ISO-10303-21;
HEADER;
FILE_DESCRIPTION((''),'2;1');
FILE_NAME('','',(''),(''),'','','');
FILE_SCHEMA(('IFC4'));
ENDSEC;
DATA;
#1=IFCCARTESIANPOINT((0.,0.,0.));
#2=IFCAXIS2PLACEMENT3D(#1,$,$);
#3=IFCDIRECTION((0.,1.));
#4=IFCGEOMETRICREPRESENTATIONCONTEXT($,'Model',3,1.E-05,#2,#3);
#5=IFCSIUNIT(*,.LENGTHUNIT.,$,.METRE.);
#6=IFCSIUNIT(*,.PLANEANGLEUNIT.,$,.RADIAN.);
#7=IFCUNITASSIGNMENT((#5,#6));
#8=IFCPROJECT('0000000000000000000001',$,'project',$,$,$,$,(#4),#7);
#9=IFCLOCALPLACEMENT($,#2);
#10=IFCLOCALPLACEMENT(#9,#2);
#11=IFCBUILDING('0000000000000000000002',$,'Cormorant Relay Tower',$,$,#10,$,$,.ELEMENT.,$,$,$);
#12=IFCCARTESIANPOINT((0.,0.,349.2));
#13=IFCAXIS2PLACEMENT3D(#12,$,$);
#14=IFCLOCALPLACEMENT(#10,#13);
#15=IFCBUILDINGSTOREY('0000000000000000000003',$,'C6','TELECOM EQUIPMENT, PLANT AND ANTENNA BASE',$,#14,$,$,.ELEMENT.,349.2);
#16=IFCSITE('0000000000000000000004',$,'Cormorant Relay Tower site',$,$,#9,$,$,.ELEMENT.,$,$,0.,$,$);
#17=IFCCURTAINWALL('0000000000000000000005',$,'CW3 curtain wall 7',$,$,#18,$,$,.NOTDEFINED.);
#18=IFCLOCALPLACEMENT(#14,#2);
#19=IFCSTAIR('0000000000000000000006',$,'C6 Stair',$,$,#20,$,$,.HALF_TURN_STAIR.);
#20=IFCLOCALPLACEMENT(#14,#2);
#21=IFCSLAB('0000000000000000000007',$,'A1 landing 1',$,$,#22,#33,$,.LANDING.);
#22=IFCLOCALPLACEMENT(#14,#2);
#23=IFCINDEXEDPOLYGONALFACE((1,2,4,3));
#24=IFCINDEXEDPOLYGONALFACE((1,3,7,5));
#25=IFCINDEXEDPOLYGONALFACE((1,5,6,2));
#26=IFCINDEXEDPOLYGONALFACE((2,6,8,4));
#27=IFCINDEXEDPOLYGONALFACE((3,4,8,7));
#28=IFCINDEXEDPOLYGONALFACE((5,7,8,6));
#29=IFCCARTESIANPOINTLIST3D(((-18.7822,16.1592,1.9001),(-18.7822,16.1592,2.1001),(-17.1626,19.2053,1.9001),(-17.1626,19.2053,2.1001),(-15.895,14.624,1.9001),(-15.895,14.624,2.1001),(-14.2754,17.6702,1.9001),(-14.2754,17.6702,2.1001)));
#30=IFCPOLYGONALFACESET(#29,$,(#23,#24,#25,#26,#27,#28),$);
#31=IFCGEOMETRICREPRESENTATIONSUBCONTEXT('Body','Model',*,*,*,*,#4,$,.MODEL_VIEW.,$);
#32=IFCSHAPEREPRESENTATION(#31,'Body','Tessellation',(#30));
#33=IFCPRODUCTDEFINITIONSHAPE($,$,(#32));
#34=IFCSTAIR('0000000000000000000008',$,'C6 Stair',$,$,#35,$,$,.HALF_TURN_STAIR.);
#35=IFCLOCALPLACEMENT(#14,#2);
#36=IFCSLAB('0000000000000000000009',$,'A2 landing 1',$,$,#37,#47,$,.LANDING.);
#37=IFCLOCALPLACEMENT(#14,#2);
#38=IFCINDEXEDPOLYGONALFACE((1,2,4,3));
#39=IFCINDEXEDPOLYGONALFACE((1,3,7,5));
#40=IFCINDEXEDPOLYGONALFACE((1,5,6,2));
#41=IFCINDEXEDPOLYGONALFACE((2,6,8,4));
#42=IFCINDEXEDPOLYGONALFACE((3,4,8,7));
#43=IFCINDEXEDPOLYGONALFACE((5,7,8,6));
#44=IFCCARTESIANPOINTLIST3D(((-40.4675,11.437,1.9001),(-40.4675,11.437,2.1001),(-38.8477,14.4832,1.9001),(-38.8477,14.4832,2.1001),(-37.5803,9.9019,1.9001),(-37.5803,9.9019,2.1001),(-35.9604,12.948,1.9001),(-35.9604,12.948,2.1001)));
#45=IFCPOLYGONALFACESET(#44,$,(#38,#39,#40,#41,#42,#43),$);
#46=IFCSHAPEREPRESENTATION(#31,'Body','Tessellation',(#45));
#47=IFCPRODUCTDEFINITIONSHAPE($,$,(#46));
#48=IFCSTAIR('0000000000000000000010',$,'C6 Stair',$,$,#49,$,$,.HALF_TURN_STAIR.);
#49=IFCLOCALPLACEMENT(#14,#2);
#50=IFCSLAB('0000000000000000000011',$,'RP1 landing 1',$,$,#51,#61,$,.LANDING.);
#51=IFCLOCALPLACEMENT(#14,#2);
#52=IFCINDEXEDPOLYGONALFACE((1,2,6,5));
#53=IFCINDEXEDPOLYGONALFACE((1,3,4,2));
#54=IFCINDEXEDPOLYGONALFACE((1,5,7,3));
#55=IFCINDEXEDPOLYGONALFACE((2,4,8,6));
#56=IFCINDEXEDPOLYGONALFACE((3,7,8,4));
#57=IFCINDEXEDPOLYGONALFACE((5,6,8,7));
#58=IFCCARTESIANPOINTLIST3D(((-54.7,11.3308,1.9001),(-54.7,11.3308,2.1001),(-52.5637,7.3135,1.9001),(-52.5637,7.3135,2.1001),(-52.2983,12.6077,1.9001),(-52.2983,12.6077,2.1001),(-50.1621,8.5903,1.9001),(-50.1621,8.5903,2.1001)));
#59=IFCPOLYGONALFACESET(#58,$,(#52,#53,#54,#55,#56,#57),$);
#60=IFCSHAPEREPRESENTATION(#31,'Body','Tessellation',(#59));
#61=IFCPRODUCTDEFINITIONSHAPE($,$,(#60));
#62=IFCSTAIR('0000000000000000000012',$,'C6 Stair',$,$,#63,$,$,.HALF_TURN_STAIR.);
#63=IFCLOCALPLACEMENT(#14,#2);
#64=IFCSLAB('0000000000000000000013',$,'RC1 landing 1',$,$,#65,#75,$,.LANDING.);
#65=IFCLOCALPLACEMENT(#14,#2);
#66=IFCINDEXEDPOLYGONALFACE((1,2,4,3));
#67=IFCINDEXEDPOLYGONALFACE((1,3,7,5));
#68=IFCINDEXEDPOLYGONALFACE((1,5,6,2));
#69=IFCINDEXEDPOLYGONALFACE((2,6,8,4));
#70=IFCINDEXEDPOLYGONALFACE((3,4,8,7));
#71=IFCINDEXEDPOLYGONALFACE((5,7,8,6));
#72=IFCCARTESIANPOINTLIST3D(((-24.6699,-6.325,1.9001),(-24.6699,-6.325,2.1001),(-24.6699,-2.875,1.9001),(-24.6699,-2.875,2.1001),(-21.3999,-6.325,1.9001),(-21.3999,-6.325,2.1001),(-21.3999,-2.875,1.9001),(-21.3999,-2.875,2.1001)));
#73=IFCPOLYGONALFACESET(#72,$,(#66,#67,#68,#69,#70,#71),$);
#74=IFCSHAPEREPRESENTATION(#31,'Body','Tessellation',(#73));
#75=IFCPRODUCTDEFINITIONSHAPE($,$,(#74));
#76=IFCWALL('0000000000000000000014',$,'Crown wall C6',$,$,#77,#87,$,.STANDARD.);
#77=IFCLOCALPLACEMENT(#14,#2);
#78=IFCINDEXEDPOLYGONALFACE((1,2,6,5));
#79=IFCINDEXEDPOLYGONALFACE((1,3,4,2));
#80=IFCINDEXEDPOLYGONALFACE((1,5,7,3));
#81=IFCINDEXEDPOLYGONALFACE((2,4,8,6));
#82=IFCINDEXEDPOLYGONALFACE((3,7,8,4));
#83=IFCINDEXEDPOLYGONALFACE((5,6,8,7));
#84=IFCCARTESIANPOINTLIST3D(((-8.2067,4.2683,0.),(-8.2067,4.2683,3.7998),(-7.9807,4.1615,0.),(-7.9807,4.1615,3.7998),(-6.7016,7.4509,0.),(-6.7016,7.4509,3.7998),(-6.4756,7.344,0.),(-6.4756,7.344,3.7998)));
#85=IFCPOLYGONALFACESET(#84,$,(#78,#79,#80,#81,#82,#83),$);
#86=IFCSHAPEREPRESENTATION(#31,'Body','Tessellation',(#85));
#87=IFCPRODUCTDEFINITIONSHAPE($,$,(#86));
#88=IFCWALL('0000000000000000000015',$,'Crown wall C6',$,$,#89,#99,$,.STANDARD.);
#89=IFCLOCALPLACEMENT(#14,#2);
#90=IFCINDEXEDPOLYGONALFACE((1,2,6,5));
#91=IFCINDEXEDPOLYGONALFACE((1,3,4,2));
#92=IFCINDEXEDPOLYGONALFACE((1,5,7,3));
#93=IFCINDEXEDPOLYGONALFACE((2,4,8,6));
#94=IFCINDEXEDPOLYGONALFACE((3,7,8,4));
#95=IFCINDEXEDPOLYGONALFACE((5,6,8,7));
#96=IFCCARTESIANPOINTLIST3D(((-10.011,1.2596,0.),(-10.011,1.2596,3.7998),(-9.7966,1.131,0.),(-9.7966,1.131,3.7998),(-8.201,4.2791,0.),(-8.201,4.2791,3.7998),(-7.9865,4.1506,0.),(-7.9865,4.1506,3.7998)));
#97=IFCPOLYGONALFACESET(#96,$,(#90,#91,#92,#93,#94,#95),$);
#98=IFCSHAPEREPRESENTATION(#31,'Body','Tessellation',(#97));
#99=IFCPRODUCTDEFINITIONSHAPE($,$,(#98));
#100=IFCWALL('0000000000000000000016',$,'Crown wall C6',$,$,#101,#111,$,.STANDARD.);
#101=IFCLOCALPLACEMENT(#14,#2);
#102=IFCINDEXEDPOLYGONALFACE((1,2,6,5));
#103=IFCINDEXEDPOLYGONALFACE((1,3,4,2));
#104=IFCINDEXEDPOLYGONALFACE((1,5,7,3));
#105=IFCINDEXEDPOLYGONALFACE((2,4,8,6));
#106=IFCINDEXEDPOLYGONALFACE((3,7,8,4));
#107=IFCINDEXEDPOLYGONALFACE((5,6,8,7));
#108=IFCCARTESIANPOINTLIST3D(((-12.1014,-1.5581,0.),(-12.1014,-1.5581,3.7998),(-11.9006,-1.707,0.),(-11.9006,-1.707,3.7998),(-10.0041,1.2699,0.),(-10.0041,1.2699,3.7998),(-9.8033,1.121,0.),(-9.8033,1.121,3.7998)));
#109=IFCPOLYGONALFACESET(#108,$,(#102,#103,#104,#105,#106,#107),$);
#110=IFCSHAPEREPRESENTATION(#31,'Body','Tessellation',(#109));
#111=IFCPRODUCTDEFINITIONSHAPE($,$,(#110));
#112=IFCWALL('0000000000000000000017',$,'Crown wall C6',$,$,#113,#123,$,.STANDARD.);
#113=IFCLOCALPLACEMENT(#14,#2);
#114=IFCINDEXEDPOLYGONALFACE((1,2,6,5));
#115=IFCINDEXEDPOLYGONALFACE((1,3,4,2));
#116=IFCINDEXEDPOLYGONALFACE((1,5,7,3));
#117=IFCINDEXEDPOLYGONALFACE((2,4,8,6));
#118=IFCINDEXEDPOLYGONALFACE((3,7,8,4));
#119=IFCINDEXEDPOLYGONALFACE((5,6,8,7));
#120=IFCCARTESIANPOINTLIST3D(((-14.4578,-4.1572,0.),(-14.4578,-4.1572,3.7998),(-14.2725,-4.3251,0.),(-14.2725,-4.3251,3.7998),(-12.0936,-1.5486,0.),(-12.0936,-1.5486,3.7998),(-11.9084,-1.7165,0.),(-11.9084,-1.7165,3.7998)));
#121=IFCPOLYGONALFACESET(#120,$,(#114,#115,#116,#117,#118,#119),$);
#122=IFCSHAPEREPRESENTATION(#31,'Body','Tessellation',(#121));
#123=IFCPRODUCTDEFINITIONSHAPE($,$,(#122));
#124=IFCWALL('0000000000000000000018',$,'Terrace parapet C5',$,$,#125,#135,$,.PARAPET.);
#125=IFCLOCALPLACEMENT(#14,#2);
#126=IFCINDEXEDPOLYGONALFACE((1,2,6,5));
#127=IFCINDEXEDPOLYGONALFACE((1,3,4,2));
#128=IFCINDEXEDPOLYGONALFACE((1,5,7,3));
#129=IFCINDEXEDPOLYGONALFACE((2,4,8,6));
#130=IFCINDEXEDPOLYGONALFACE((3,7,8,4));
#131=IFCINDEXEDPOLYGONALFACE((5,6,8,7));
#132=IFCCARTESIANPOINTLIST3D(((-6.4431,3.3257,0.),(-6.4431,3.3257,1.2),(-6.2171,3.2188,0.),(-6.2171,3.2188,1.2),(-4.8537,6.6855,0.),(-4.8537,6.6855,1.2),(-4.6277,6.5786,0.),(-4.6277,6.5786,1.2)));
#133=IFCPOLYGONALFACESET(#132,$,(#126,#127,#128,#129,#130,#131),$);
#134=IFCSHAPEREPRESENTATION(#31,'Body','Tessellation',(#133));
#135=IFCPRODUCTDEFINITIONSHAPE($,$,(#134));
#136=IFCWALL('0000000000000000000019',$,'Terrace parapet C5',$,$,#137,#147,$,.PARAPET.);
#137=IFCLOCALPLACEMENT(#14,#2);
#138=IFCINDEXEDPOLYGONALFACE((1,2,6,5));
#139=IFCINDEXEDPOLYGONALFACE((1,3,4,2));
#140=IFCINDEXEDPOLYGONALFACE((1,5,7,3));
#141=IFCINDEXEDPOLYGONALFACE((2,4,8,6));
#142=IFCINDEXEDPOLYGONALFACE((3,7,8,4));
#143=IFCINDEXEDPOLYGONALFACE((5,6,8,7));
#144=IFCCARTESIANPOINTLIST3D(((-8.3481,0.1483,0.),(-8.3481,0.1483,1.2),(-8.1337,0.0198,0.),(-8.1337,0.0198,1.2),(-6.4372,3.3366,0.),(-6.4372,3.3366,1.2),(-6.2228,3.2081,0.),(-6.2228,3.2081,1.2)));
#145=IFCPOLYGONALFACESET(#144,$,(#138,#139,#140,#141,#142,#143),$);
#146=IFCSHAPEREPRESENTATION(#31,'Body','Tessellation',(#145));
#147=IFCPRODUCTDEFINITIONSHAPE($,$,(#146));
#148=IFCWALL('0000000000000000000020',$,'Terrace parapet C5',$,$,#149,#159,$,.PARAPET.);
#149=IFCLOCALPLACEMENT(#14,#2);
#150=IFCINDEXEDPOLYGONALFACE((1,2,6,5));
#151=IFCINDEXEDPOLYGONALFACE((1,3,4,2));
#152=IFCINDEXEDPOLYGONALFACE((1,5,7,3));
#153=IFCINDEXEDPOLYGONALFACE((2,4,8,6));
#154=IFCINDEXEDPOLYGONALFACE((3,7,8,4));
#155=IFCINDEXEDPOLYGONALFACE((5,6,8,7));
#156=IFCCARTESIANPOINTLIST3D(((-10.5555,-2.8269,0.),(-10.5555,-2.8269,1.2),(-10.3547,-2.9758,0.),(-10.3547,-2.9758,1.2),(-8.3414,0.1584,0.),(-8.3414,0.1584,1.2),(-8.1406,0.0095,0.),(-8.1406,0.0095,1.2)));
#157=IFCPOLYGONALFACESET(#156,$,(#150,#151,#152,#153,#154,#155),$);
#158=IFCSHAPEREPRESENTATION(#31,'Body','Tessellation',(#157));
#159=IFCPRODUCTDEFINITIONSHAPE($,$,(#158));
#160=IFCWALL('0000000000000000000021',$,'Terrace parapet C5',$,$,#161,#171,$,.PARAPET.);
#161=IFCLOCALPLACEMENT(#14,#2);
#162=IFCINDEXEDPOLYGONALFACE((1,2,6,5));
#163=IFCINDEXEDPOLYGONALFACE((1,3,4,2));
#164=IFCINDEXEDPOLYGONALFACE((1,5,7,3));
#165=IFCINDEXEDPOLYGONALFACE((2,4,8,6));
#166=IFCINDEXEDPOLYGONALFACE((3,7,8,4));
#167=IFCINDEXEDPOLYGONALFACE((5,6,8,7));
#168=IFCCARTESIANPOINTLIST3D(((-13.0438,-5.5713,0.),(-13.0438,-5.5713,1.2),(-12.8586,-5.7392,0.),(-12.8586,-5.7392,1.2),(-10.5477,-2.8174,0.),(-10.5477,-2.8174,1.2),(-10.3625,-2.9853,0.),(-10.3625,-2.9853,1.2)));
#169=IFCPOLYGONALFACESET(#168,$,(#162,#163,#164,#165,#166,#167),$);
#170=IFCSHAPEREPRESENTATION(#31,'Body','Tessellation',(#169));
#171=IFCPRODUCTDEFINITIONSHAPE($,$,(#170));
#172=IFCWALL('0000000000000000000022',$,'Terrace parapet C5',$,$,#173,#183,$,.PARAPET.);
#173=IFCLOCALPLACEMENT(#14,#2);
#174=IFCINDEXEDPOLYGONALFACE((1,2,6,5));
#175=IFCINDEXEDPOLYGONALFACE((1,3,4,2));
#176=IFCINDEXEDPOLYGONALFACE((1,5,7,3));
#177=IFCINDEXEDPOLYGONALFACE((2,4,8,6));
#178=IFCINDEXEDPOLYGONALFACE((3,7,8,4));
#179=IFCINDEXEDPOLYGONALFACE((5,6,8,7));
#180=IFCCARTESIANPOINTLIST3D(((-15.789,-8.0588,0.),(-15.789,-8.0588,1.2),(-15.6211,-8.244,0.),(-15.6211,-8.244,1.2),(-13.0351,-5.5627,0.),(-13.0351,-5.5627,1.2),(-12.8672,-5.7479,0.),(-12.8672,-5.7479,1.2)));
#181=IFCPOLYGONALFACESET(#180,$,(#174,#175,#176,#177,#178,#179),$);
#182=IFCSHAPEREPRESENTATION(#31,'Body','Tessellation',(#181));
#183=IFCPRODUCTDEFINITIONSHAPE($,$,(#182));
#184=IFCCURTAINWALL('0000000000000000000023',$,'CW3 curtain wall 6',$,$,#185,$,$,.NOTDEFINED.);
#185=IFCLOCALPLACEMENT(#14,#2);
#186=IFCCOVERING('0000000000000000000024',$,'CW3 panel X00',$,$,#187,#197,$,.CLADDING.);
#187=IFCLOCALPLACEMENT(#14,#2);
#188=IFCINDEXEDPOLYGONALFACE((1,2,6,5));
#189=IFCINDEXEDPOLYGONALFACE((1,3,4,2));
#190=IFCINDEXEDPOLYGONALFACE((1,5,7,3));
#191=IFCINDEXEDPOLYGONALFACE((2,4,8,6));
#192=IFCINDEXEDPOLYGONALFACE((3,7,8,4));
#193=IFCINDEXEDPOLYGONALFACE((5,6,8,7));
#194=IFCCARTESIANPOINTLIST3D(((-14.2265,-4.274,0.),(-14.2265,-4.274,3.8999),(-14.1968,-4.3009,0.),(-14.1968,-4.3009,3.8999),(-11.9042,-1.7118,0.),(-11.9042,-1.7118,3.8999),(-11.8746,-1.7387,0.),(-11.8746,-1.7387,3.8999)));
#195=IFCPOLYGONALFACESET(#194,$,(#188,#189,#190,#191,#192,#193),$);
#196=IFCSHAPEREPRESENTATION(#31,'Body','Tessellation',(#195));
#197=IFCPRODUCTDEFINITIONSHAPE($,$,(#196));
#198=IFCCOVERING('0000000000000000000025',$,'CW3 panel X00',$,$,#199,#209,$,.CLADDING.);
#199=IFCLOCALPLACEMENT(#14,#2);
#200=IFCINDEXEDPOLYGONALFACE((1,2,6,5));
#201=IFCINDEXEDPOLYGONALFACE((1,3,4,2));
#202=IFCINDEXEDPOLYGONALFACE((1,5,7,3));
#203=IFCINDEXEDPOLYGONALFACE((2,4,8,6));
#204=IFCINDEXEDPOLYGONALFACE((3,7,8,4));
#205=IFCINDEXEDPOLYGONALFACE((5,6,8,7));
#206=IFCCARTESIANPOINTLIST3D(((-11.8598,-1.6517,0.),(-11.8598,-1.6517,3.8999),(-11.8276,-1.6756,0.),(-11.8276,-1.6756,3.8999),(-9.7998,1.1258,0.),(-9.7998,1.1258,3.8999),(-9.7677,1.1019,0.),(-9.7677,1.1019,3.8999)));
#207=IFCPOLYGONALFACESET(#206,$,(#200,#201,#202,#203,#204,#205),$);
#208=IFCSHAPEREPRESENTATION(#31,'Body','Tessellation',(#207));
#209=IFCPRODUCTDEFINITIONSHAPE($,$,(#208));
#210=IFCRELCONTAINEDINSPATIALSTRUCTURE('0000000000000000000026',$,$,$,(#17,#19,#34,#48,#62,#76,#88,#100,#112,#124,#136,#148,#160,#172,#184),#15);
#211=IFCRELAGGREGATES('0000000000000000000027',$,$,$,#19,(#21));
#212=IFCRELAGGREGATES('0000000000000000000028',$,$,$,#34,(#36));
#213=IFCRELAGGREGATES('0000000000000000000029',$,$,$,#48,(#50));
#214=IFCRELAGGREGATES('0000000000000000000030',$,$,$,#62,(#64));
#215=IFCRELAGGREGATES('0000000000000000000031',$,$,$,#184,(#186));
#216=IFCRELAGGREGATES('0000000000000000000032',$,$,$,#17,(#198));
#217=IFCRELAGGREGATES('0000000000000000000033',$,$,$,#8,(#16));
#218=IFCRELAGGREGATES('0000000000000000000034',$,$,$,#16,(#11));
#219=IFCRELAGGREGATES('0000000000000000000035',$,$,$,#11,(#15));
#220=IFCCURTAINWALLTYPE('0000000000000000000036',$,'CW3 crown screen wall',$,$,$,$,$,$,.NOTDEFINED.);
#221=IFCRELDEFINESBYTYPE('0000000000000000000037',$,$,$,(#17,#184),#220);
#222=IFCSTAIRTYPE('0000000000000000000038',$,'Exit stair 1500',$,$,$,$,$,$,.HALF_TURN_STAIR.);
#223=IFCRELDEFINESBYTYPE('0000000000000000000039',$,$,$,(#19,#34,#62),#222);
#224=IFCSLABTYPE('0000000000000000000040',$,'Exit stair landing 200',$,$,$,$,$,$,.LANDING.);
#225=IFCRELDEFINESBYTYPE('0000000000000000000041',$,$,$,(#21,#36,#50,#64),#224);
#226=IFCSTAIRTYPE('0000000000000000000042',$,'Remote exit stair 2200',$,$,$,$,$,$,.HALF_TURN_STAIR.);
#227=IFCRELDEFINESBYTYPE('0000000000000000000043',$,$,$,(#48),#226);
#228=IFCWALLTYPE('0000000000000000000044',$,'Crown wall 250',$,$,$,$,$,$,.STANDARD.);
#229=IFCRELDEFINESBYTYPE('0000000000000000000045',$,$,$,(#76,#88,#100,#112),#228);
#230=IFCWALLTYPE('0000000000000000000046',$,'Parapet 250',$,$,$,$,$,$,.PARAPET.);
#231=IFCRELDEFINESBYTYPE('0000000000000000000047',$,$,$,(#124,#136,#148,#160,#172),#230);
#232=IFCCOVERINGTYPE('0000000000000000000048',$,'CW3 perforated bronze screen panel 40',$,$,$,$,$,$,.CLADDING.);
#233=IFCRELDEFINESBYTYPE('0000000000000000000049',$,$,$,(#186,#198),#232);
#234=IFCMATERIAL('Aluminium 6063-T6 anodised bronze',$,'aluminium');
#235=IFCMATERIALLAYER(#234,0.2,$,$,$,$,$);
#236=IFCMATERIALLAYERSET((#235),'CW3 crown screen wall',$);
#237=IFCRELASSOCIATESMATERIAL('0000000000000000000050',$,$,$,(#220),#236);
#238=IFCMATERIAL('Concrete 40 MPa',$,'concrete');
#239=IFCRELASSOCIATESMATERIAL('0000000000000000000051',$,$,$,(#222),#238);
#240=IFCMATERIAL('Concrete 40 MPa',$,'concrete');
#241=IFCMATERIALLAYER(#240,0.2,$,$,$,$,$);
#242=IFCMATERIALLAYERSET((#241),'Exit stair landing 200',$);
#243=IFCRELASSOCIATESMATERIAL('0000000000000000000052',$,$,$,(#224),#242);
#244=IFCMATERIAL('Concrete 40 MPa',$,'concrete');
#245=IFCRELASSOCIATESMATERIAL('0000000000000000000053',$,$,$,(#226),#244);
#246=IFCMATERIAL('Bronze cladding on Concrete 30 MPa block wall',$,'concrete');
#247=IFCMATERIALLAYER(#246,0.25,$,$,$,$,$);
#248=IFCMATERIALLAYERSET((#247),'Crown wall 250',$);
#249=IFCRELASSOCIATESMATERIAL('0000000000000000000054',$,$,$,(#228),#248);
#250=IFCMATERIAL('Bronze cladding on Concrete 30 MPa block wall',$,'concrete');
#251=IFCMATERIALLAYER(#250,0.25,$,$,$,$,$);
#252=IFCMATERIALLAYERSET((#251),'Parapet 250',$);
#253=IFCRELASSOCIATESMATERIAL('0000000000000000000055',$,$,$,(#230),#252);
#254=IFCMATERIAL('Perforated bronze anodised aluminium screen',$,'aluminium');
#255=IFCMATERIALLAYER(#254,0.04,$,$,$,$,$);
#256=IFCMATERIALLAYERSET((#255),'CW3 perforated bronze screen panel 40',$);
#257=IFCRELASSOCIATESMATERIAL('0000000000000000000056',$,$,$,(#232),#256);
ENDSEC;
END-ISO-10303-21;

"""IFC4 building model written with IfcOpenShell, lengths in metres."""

from ifc_helpers import new_model, si_unit, direction, frame, frame_2d, origin, origin_2d, place, context, subcontext, project, spatial, polyline, rectangle, outline, extrude, material, layer, layer_set, type_object, element, aggregate, save


model = new_model("IFC4")

# Units and contexts
model_context = context("Model", 3, precision=1e-05, world=origin(), true_north=direction((0.0, 1.0)))
body_context = subcontext(model_context, "Body", "Model", "MODEL_VIEW")
ifc_project = project(units=[si_unit("LENGTHUNIT", "METRE"), si_unit("PLANEANGLEUNIT", "RADIAN")], contexts=[model_context])

# Site, building, storey
site_placement = place(None, origin())
site = spatial("IfcSite", under=ifc_project, at=site_placement, Name="Cormorant Relay Tower site", CompositionType="ELEMENT", RefElevation=0.0)
building_placement = place(site_placement, origin())
building = spatial("IfcBuilding", under=site, at=building_placement, Name="Cormorant Relay Tower", CompositionType="ELEMENT")
storey_placement = place(building_placement, frame((0.0, 0.0, 349.2)))
storey = spatial("IfcBuildingStorey", under=building, at=storey_placement, Name="C6", Description="TELECOM EQUIPMENT, PLANT AND ANTENNA BASE", CompositionType="ELEMENT", Elevation=349.2)

# Curtain wall
ifc_material_1 = material(Name="Aluminium 6063-T6 anodised bronze", Category="aluminium")
ifc_layer_1 = layer(ifc_material_1, 0.2)
ifc_layer_set_1 = layer_set([ifc_layer_1], Name="CW3 crown screen wall")
curtain_wall_type = type_object("IfcCurtainWallType", Name="CW3 crown screen wall", PredefinedType="NOTDEFINED", material=ifc_layer_set_1)
curtain_wall_1_placement = place(storey_placement, origin())
curtain_wall_1 = element("IfcCurtainWall", 1, at=curtain_wall_1_placement, inside=storey, type_object=curtain_wall_type, Name="CW3 curtain wall 7", PredefinedType="NOTDEFINED")

# Stairs, slabs
ifc_material_2 = material(Name="Concrete 40 MPa", Category="concrete")
stair_type_1 = type_object("IfcStairType", Name="Exit stair 1500", PredefinedType="HALF_TURN_STAIR", material=ifc_material_2)
stair_1_placement = place(storey_placement, origin())
stair_1 = element("IfcStair", 2, at=stair_1_placement, inside=storey, type_object=stair_type_1, Name="C6 Stair", PredefinedType="HALF_TURN_STAIR")
ifc_material_3 = material(Name="Concrete 40 MPa", Category="concrete")
ifc_layer_2 = layer(ifc_material_3, 0.2)
ifc_layer_set_2 = layer_set([ifc_layer_2], Name="Exit stair landing 200")
slab_type_1 = type_object("IfcSlabType", Name="Exit stair landing 200", PredefinedType="LANDING", material=ifc_layer_set_2)
slab_1_placement = place(storey_placement, frame((0.0, 0.0, 1.9001)))
slab_1 = element("IfcSlab", 3, at=slab_1_placement, type_object=slab_type_1, Name="A1 landing 1", PredefinedType="LANDING", context=body_context, shape_type="SweptSolid", body=[
    extrude(outline(polyline([(-18.7822, 16.1592), (-15.895, 14.624), (-14.2754, 17.6702), (-17.1626, 19.2053), (-18.7822, 16.1592)])), origin(), (0.0, 0.0, 1.0), 0.2),
])
aggregate(stair_1, [slab_1])
stair_2_placement = place(storey_placement, origin())
stair_2 = element("IfcStair", 4, at=stair_2_placement, inside=storey, type_object=stair_type_1, Name="C6 Stair", PredefinedType="HALF_TURN_STAIR")
slab_2_placement = place(storey_placement, frame((0.0, 0.0, 1.9001)))
slab_2 = element("IfcSlab", 5, at=slab_2_placement, type_object=slab_type_1, Name="A2 landing 1", PredefinedType="LANDING", context=body_context, shape_type="SweptSolid", body=[
    extrude(outline(polyline([(-35.9604, 12.948), (-38.8477, 14.4832), (-40.4675, 11.437), (-37.5803, 9.9019), (-35.9604, 12.948)])), origin(), (0.0, 0.0, 1.0), 0.2),
])
aggregate(stair_2, [slab_2])
ifc_material_4 = material(Name="Concrete 40 MPa", Category="concrete")
stair_type_2 = type_object("IfcStairType", Name="Remote exit stair 2200", PredefinedType="HALF_TURN_STAIR", material=ifc_material_4)
stair_3_placement = place(storey_placement, origin())
stair_3 = element("IfcStair", 6, at=stair_3_placement, inside=storey, type_object=stair_type_2, Name="C6 Stair", PredefinedType="HALF_TURN_STAIR")
slab_3_placement = place(storey_placement, frame((0.0, 0.0, 1.9001)))
slab_3 = element("IfcSlab", 7, at=slab_3_placement, type_object=slab_type_1, Name="RP1 landing 1", PredefinedType="LANDING", context=body_context, shape_type="SweptSolid", body=[
    extrude(outline(polyline([(-52.2983, 12.6077), (-54.7, 11.3308), (-52.5637, 7.3135), (-50.1621, 8.5903), (-52.2983, 12.6077)])), origin(), (0.0, 0.0, 1.0), 0.2),
])
aggregate(stair_3, [slab_3])
stair_4_placement = place(storey_placement, origin())
stair_4 = element("IfcStair", 8, at=stair_4_placement, inside=storey, type_object=stair_type_1, Name="C6 Stair", PredefinedType="HALF_TURN_STAIR")
slab_4_placement = place(storey_placement, frame((0.0, 0.0, 1.9001)))
slab_4 = element("IfcSlab", 9, at=slab_4_placement, type_object=slab_type_1, Name="RC1 landing 1", PredefinedType="LANDING", context=body_context, shape_type="SweptSolid", body=[
    extrude(outline(polyline([(-24.6699, -6.325), (-21.3999, -6.325), (-21.3999, -2.875), (-24.6699, -2.875), (-24.6699, -6.325)])), origin(), (0.0, 0.0, 1.0), 0.2),
])
aggregate(stair_4, [slab_4])

# Walls
ifc_material_5 = material(Name="Bronze cladding on Concrete 30 MPa block wall", Category="concrete")
ifc_layer_3 = layer(ifc_material_5, 0.25)
ifc_layer_set_3 = layer_set([ifc_layer_3], Name="Crown wall 250")
wall_type_1 = type_object("IfcWallType", Name="Crown wall 250", PredefinedType="STANDARD", material=ifc_layer_set_3)
for number, where, z_axis, x_axis, name in (
    (10, (-6.5886, 7.3975, 0.0), (0.0, 0.0, 1.0), (-0.427523, -0.904005, 0.0), "Crown wall C6"),
    (11, (-8.0938, 4.2148, 0.0), (0.0, 0.0, 1.0), (-0.514149, -0.857701, 0.0), "Crown wall C6"),
):
    element("IfcWall", number, at=place(storey_placement, frame(where, z_axis=z_axis, x_axis=x_axis)), inside=storey, type_object=wall_type_1, Name=name, PredefinedType="STANDARD", context=body_context, shape_type="SweptSolid", body=[
        extrude(rectangle(XDim=3.5205, YDim=0.25, at=frame_2d((1.7603, 0.0))), origin(), (0.0, 0.0, 1.0), 3.7998),
    ])
wall_1_placement = place(storey_placement, frame((-9.9038, 1.1953, 0.0), z_axis=(0.0, 0.0, 1.0), x_axis=(-0.595675, -0.803225, 0.0)))
element("IfcWall", 12, at=wall_1_placement, inside=storey, type_object=wall_type_1, Name="Crown wall C6", PredefinedType="STANDARD", context=body_context, shape_type="SweptSolid", body=[
    extrude(rectangle(XDim=3.5208, YDim=0.25, at=frame_2d((1.7603, 0.0))), origin(), (0.0, 0.0, 1.0), 3.7998),
])
wall_2_placement = place(storey_placement, frame((-12.001, -1.6326, 0.0), z_axis=(0.0, 0.0, 1.0), x_axis=(-0.671547, -0.740962, 0.0)))
element("IfcWall", 13, at=wall_2_placement, inside=storey, type_object=wall_type_1, Name="Crown wall C6", PredefinedType="STANDARD", context=body_context, shape_type="SweptSolid", body=[
    extrude(rectangle(XDim=3.5205, YDim=0.25, at=frame_2d((1.7603, 0.0))), origin(), (0.0, 0.0, 1.0), 3.7998),
])
ifc_material_6 = material(Name="Bronze cladding on Concrete 30 MPa block wall", Category="concrete")
ifc_layer_4 = layer(ifc_material_6, 0.25)
ifc_layer_set_4 = layer_set([ifc_layer_4], Name="Parapet 250")
wall_type_2 = type_object("IfcWallType", Name="Parapet 250", PredefinedType="PARAPET", material=ifc_layer_set_4)
wall_3_placement = place(storey_placement, frame((-4.7407, 6.6321, 0.0), z_axis=(0.0, 0.0, 1.0), x_axis=(-0.427612, -0.903962, 0.0)))
element("IfcWall", 14, at=wall_3_placement, inside=storey, type_object=wall_type_2, Name="Terrace parapet C5", PredefinedType="PARAPET", context=body_context, shape_type="SweptSolid", body=[
    extrude(rectangle(XDim=3.7168, YDim=0.25, at=frame_2d((1.8584, 0.0))), origin(), (0.0, 0.0, 1.0), 1.2),
])
wall_4_placement = place(storey_placement, frame((-6.3301, 3.2722, 0.0), z_axis=(0.0, 0.0, 1.0), x_axis=(-0.51409, -0.857736, 0.0)))
element("IfcWall", 15, at=wall_4_placement, inside=storey, type_object=wall_type_2, Name="Terrace parapet C5", PredefinedType="PARAPET", context=body_context, shape_type="SweptSolid", body=[
    extrude(rectangle(XDim=3.717, YDim=0.25, at=frame_2d((1.8584, 0.0))), origin(), (0.0, 0.0, 1.0), 1.2),
])
for number, where, z_axis, x_axis, name in (
    (16, (-8.241, 0.084, 0.0), (0.0, 0.0, 1.0), (-0.595703, -0.803204, 0.0), "Terrace parapet C5"),
    (17, (-10.4551, -2.9014, 0.0), (0.0, 0.0, 1.0), (-0.671574, -0.740938, 0.0), "Terrace parapet C5"),
    (18, (-12.9512, -5.6553, 0.0), (0.0, 0.0, 1.0), (-0.740938, -0.671574, 0.0), "Terrace parapet C5"),
):
    element("IfcWall", number, at=place(storey_placement, frame(where, z_axis=z_axis, x_axis=x_axis)), inside=storey, type_object=wall_type_2, Name=name, PredefinedType="PARAPET", context=body_context, shape_type="SweptSolid", body=[
        extrude(rectangle(XDim=3.7168, YDim=0.25, at=frame_2d((1.8584, 0.0))), origin(), (0.0, 0.0, 1.0), 1.2),
    ])

# Curtain wall, covering
curtain_wall_2_placement = place(storey_placement, origin())
curtain_wall_2 = element("IfcCurtainWall", 19, at=curtain_wall_2_placement, inside=storey, type_object=curtain_wall_type, Name="CW3 curtain wall 6", PredefinedType="NOTDEFINED")
ifc_material_7 = material(Name="Perforated bronze anodised aluminium screen", Category="aluminium")
ifc_layer_5 = layer(ifc_material_7, 0.04)
ifc_layer_set_5 = layer_set([ifc_layer_5], Name="CW3 perforated bronze screen panel 40")
covering_type_1 = type_object("IfcCoveringType", Name="CW3 perforated bronze screen panel 40", PredefinedType="CLADDING", material=ifc_layer_set_5)
covering_1_placement = place(storey_placement, frame((-13.0505, -3.0063, 0.0), z_axis=(0.0, 0.0, 1.0), x_axis=(0.671559, 0.740951, 0.0)))
covering_1 = element("IfcCovering", 20, at=covering_1_placement, type_object=covering_type_1, Name="CW3 panel X00", PredefinedType="CLADDING", context=body_context, shape_type="SweptSolid", body=[
    extrude(rectangle(XDim=3.458, YDim=0.04, at=origin_2d()), origin(), (0.0, 0.0, 1.0), 3.8999),
])
aggregate(curtain_wall_2, [covering_1])

# Covering
covering_2_placement = place(storey_placement, frame((-10.8137, -0.2749, 0.0), z_axis=(0.0, 0.0, 1.0), x_axis=(0.595699, 0.803208, 0.0)))
covering_2 = element("IfcCovering", 21, at=covering_2_placement, type_object=covering_type_1, Name="CW3 panel X00", PredefinedType="CLADDING", context=body_context, shape_type="SweptSolid", body=[
    extrude(rectangle(XDim=3.458, YDim=0.04, at=origin_2d()), origin(), (0.0, 0.0, 1.0), 3.8999),
])
aggregate(curtain_wall_1, [covering_2])

save(model, "model.ifc")
